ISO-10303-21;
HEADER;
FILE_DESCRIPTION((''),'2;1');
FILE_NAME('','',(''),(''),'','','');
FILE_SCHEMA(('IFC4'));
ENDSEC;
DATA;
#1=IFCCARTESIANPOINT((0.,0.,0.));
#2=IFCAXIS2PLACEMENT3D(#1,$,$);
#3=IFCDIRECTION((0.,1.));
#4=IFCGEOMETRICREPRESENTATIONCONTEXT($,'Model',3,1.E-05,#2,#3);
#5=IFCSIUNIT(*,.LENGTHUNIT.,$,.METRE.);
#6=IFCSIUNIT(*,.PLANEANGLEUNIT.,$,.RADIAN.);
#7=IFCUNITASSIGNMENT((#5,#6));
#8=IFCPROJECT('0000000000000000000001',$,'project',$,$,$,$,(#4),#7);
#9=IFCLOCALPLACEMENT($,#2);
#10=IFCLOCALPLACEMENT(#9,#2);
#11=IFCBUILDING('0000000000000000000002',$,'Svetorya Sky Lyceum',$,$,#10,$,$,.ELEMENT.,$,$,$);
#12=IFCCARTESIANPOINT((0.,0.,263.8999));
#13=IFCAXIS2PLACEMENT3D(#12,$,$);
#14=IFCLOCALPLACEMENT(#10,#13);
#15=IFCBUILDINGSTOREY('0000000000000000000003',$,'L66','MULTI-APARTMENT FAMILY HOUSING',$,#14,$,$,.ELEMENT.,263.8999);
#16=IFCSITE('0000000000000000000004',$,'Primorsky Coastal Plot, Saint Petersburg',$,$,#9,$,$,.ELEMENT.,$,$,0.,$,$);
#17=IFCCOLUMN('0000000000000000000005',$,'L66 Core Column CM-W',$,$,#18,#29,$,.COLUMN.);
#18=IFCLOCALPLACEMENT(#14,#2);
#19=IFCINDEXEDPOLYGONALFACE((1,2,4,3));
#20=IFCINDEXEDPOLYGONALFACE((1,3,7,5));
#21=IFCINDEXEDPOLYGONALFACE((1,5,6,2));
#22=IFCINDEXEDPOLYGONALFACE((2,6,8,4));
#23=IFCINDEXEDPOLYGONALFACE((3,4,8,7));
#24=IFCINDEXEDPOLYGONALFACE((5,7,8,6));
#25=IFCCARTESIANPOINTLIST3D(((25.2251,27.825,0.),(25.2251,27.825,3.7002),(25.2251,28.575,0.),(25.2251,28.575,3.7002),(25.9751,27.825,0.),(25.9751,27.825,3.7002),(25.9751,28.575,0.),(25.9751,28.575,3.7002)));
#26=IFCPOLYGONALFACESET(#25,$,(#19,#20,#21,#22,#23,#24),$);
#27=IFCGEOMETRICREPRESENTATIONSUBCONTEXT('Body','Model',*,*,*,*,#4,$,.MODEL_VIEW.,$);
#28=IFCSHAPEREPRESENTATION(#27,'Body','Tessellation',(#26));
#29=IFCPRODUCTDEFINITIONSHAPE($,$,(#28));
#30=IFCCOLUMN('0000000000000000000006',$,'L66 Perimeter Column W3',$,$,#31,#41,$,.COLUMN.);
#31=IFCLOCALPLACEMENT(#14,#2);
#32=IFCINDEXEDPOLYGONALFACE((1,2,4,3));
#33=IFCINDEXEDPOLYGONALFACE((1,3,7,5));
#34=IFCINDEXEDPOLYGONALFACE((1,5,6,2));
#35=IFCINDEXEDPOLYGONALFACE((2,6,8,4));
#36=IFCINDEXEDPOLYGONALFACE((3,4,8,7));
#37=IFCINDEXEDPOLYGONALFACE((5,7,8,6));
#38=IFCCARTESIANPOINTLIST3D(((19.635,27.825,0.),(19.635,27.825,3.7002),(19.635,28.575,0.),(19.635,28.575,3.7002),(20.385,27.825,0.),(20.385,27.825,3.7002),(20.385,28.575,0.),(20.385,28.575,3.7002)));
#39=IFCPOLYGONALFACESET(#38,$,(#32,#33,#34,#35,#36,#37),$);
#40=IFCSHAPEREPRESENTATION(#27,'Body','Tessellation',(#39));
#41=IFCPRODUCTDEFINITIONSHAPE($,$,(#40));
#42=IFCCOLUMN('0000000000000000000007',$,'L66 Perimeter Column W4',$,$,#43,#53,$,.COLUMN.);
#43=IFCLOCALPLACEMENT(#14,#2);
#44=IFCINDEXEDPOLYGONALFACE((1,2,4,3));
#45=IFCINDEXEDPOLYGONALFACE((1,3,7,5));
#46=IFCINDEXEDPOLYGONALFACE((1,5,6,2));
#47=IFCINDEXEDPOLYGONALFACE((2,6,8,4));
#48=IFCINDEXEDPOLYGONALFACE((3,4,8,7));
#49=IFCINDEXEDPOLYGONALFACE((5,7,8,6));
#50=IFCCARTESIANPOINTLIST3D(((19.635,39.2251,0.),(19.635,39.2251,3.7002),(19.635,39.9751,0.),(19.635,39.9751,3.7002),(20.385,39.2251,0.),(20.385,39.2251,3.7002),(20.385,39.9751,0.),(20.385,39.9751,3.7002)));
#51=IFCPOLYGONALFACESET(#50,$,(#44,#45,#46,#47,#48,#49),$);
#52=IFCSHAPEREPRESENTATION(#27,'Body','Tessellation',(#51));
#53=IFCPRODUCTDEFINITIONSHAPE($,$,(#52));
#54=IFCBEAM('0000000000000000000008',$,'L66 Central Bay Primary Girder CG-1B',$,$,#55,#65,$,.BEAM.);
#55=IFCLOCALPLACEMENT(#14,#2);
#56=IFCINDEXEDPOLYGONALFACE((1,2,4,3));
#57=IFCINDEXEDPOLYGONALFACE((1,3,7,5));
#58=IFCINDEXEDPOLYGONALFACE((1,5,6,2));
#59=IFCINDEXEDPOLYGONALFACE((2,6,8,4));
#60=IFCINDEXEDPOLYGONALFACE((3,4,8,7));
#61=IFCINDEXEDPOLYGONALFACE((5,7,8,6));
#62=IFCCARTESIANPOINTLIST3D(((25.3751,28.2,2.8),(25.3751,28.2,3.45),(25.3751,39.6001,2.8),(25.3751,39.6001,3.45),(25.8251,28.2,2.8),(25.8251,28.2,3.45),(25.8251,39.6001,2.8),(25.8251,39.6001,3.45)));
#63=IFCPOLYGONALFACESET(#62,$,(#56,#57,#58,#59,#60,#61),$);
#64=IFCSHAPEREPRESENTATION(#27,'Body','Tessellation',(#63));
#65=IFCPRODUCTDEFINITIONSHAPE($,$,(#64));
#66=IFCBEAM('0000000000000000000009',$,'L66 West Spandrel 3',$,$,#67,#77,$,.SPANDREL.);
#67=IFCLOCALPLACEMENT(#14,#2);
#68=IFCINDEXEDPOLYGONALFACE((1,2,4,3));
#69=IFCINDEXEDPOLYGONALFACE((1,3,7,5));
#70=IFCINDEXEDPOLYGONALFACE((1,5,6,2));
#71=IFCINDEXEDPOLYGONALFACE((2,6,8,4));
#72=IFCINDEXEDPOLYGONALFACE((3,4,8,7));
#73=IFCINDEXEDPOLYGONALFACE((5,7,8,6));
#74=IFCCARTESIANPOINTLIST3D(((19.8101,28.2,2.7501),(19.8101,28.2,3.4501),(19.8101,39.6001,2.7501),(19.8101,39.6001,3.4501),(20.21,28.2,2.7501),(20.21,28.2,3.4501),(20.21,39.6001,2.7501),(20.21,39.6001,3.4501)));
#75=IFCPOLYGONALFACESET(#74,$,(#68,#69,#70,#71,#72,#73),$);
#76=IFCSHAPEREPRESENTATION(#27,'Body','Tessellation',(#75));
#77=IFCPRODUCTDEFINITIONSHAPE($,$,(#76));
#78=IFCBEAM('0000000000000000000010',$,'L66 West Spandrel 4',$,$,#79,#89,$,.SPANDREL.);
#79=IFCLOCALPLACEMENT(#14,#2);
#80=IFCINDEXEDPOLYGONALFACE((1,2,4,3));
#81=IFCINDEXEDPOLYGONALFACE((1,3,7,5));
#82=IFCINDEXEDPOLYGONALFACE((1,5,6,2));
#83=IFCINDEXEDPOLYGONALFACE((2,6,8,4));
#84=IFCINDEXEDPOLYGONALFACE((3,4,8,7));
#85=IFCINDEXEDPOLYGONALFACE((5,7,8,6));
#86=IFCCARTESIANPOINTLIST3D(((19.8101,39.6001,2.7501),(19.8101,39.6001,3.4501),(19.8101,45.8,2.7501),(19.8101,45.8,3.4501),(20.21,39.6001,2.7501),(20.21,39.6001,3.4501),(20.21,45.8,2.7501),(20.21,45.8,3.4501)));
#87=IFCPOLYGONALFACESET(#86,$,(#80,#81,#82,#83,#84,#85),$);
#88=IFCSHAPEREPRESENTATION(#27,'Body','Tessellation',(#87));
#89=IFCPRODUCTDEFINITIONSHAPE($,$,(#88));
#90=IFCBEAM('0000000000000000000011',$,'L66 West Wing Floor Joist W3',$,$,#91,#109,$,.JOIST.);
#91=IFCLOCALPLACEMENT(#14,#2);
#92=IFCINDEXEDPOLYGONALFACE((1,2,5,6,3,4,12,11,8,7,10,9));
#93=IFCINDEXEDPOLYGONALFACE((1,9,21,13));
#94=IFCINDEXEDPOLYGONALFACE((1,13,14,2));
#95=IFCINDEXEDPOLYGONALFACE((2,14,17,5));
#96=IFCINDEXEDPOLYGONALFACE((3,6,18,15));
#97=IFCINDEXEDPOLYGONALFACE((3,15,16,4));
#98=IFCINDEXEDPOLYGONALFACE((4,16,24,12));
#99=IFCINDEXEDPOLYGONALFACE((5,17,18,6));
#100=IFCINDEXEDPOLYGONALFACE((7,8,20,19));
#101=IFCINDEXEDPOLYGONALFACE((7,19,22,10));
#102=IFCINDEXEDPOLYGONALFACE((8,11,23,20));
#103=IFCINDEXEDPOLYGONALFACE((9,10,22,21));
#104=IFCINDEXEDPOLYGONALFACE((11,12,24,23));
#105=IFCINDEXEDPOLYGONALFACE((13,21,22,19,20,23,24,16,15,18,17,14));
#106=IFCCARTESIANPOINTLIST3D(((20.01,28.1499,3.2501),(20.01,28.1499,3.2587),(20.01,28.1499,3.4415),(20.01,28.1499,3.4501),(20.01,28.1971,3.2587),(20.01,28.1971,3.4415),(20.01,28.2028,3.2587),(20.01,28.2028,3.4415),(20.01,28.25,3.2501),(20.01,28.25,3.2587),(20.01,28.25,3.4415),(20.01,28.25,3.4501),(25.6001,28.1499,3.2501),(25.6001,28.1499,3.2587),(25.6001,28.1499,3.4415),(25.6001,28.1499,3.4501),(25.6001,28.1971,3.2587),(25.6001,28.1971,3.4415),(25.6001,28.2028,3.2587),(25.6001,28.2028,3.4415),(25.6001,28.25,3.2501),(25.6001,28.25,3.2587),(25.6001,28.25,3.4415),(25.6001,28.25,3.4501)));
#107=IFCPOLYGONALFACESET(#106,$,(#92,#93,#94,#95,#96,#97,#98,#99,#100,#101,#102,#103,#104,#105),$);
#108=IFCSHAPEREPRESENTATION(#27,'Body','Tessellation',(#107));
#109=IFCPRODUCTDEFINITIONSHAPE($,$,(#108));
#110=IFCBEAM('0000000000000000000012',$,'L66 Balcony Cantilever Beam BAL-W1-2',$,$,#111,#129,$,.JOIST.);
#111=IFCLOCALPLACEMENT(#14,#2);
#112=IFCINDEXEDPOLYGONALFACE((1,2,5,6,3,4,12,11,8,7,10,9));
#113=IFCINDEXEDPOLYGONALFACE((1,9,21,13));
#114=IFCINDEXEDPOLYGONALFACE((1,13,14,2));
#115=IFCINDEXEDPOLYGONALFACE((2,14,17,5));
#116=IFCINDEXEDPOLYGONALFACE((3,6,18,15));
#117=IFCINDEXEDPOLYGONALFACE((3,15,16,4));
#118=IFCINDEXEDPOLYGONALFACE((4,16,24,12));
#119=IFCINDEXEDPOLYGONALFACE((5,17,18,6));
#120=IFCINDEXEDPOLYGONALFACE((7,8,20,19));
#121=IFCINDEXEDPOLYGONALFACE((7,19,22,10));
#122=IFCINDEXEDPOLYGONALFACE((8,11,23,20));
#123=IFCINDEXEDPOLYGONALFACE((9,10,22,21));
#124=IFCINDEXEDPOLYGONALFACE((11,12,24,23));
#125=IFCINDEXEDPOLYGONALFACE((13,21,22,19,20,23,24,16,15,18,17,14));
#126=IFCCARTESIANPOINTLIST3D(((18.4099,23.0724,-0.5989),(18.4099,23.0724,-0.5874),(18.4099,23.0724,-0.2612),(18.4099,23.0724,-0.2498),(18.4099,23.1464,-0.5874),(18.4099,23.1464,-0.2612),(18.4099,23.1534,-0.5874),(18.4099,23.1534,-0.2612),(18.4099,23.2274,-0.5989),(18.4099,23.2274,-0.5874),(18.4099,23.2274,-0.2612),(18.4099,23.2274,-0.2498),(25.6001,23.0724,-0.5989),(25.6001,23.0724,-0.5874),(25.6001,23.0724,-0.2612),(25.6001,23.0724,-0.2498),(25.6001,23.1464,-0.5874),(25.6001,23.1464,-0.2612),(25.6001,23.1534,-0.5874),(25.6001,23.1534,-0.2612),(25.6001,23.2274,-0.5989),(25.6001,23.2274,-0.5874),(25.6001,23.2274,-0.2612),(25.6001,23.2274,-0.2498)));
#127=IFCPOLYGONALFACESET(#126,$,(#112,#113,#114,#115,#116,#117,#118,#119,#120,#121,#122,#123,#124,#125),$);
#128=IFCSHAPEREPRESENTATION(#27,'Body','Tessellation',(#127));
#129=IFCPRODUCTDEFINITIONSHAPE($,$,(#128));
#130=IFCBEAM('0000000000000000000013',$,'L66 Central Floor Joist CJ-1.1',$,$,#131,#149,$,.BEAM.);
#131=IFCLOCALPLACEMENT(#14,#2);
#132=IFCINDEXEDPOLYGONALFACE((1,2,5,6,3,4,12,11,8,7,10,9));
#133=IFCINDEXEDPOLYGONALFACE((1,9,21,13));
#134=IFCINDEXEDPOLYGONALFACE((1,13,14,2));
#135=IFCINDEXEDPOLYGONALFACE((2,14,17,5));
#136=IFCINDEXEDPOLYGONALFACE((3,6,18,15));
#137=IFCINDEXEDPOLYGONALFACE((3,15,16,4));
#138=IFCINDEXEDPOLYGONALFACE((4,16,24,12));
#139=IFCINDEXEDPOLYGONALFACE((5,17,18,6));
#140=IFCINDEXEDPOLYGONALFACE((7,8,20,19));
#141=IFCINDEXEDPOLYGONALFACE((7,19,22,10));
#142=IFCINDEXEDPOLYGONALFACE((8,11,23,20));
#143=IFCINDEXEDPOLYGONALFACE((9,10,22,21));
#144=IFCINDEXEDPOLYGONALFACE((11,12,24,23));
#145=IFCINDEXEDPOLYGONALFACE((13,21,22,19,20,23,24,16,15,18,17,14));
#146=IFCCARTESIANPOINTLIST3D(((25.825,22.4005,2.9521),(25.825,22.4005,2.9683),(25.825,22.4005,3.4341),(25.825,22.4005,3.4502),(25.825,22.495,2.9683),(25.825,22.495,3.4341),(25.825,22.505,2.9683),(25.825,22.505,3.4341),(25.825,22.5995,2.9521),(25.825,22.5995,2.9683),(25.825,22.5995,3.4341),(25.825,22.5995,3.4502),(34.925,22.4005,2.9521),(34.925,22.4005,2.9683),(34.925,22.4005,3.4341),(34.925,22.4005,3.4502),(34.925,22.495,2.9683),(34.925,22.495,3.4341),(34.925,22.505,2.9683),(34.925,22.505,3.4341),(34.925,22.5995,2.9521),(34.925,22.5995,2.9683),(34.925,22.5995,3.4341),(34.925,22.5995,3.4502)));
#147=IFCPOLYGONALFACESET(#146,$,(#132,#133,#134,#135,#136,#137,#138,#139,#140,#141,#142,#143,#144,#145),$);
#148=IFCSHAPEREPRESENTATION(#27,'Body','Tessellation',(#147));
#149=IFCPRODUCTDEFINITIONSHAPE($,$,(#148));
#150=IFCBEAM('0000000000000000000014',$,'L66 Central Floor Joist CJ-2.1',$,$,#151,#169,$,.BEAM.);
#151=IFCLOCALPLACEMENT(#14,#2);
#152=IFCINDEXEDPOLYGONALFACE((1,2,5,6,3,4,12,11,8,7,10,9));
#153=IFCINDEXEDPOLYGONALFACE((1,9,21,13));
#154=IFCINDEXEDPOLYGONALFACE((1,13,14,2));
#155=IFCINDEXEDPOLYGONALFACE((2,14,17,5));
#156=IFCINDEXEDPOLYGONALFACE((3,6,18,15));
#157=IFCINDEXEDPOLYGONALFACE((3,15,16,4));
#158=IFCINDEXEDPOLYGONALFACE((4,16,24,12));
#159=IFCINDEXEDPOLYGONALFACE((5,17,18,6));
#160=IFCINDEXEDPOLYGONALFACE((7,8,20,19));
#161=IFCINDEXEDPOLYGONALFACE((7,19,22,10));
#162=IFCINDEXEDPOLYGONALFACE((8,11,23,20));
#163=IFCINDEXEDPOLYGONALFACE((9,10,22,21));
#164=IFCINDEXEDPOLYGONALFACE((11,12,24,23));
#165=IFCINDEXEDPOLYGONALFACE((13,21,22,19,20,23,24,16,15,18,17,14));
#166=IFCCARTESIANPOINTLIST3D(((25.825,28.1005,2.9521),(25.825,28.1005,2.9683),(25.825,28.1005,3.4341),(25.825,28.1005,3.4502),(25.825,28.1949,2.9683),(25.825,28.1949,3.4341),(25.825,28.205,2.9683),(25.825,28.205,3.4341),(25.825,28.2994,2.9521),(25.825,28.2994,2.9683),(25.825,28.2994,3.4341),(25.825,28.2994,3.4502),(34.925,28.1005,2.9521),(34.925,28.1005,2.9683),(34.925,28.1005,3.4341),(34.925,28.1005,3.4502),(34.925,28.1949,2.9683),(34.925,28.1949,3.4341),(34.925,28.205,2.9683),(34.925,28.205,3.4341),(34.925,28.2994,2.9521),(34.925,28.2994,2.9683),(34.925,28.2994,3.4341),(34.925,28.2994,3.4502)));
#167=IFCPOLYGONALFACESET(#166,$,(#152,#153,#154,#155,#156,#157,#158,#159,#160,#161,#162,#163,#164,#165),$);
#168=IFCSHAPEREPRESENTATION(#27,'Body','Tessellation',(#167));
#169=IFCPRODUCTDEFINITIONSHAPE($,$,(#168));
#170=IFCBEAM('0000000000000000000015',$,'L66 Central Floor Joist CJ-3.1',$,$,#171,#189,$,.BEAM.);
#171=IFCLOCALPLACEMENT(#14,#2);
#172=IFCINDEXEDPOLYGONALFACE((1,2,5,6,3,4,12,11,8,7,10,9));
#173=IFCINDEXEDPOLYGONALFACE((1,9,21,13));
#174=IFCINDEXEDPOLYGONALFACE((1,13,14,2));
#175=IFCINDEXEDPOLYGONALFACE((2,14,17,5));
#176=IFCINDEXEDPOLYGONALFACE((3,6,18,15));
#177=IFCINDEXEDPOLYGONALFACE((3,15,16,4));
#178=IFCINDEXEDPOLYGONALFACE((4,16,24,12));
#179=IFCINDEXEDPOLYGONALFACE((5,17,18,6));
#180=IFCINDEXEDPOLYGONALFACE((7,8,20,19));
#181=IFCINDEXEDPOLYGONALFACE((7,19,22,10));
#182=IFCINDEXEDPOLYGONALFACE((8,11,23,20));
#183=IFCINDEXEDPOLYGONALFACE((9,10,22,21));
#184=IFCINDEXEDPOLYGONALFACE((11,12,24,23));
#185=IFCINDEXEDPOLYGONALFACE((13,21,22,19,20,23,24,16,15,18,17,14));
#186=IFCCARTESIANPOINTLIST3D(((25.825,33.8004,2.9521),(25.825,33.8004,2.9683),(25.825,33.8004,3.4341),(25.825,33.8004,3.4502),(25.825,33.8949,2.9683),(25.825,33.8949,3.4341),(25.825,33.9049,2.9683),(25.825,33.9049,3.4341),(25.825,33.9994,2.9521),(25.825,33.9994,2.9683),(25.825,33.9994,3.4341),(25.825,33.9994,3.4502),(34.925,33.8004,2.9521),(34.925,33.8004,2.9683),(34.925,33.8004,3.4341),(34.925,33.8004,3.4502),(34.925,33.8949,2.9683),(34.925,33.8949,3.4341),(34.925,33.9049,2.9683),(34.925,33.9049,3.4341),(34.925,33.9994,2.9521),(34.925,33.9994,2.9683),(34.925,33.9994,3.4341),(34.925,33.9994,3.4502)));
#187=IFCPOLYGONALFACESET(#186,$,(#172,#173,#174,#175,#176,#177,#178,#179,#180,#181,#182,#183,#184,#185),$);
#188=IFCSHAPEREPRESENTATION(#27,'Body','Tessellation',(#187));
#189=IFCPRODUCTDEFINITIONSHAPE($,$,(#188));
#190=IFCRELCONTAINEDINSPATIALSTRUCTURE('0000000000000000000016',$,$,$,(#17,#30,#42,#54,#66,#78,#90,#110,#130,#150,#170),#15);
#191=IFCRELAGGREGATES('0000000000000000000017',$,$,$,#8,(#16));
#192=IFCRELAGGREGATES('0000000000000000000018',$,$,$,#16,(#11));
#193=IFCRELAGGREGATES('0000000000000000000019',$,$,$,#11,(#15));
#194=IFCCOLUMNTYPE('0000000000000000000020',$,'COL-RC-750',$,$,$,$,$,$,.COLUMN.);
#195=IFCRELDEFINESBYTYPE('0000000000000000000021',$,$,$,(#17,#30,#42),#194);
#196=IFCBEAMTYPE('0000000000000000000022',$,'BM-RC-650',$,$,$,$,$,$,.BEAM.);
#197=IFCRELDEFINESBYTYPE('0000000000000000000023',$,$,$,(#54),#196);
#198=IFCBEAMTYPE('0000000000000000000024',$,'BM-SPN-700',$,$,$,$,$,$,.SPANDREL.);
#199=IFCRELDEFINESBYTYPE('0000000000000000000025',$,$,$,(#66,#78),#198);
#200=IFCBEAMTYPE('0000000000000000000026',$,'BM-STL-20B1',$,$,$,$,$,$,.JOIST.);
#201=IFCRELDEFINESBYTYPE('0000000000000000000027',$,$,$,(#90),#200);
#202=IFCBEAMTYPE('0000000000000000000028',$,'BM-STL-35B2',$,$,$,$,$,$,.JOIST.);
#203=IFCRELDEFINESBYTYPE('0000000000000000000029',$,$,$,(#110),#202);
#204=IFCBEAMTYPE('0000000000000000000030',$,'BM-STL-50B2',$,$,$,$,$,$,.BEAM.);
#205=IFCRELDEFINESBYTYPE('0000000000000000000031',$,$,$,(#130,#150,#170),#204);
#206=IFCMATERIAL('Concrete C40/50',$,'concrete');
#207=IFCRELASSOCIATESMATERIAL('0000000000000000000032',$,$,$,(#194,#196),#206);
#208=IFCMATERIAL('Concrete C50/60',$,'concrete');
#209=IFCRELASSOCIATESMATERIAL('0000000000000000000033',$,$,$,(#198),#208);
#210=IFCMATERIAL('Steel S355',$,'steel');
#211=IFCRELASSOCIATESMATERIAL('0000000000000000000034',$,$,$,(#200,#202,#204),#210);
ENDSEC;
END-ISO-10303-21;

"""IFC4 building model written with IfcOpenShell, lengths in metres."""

from ifc_helpers import new_model, si_unit, direction, frame, origin, origin_2d, place, context, subcontext, project, spatial, rectangle, i_section, extrude, material, material_profile, profile_set, type_object, element, save


model = new_model("IFC4")

# Units and contexts
model_context = context("Model", 3, precision=1e-05, world=origin(), true_north=direction((0.0, 1.0)))
body_context = subcontext(model_context, "Body", "Model", "MODEL_VIEW")
ifc_project = project(units=[si_unit("LENGTHUNIT", "METRE"), si_unit("PLANEANGLEUNIT", "RADIAN")], contexts=[model_context])

# Site, building, storey
site_placement = place(None, origin())
site = spatial("IfcSite", under=ifc_project, at=site_placement, Name="Primorsky Coastal Plot, Saint Petersburg", CompositionType="ELEMENT", RefElevation=0.0)
building_placement = place(site_placement, origin())
building = spatial("IfcBuilding", under=site, at=building_placement, Name="Svetorya Sky Lyceum", CompositionType="ELEMENT")
storey_placement = place(building_placement, frame((0.0, 0.0, 263.8999)))
storey = spatial("IfcBuildingStorey", under=building, at=storey_placement, Name="L66", Description="MULTI-APARTMENT FAMILY HOUSING", CompositionType="ELEMENT", Elevation=263.8999)

# Columns
ifc_material_1 = material(Name="Concrete C40/50", Category="concrete")
ifc_material_profile_1 = material_profile(ifc_material_1, rectangle(XDim=0.75, YDim=0.75, at=origin_2d()), Name="RC COL 750x750")
ifc_profile_set_1 = profile_set([ifc_material_profile_1], Name="Concrete C40/50")
column_type = type_object("IfcColumnType", Name="COL-RC-750", PredefinedType="COLUMN", material=ifc_profile_set_1)
for number, where, z_axis, x_axis, name in (
    (1, (25.6001, 28.2, 0.0), (0.0, 0.0, 1.0), (1.0, 0.0, 0.0), "L66 Core Column CM-W"),
    (2, (20.01, 28.2, 0.0), (0.0, 0.0, 1.0), (1.0, 0.0, 0.0), "L66 Perimeter Column W3"),
    (3, (20.01, 39.6001, 0.0), (0.0, 0.0, 1.0), (1.0, 0.0, 0.0), "L66 Perimeter Column W4"),
):
    element("IfcColumn", number, at=place(storey_placement, frame(where, z_axis=z_axis, x_axis=x_axis)), inside=storey, type_object=column_type, Name=name, PredefinedType="COLUMN", context=body_context, shape_type="SweptSolid", body=[
        extrude(rectangle(XDim=0.75, YDim=0.75, at=origin_2d()), origin(), (0.0, 0.0, 1.0), 3.7002),
    ])

# Beams
ifc_material_profile_2 = material_profile(ifc_material_1, rectangle(XDim=0.45, YDim=0.6499, at=origin_2d()), Name="RC BEAM 450x650")
ifc_profile_set_2 = profile_set([ifc_material_profile_2], Name="Concrete C40/50")
beam_type_1 = type_object("IfcBeamType", Name="BM-RC-650", PredefinedType="BEAM", material=ifc_profile_set_2)
beam_1_placement = place(storey_placement, frame((25.6001, 28.2, 3.125), z_axis=(0.0, 1.0, 0.0), x_axis=(-1.0, 0.0, 0.0)))
element("IfcBeam", 4, at=beam_1_placement, inside=storey, type_object=beam_type_1, Name="L66 Central Bay Primary Girder CG-1B", PredefinedType="BEAM", context=body_context, shape_type="SweptSolid", body=[
    extrude(rectangle(XDim=0.45, YDim=0.6499, at=origin_2d()), origin(), (0.0, 0.0, 1.0), 11.4001),
])
ifc_material_2 = material(Name="Concrete C50/60", Category="concrete")
ifc_material_profile_3 = material_profile(ifc_material_2, rectangle(XDim=0.3999, YDim=0.7, at=origin_2d()), Name="RC SPANDREL 400x700")
ifc_profile_set_3 = profile_set([ifc_material_profile_3], Name="Concrete C50/60")
beam_type_2 = type_object("IfcBeamType", Name="BM-SPN-700", PredefinedType="SPANDREL", material=ifc_profile_set_3)
beam_2_placement = place(storey_placement, frame((20.01, 28.2, 3.1001), z_axis=(0.0, 1.0, 0.0), x_axis=(-1.0, 0.0, 0.0)))
element("IfcBeam", 5, at=beam_2_placement, inside=storey, type_object=beam_type_2, Name="L66 West Spandrel 3", PredefinedType="SPANDREL", context=body_context, shape_type="SweptSolid", body=[
    extrude(rectangle(XDim=0.3999, YDim=0.7, at=origin_2d()), origin(), (0.0, 0.0, 1.0), 11.4001),
])
beam_3_placement = place(storey_placement, frame((20.01, 39.6001, 3.1001), z_axis=(0.0, 1.0, 0.0), x_axis=(-1.0, 0.0, 0.0)))
element("IfcBeam", 6, at=beam_3_placement, inside=storey, type_object=beam_type_2, Name="L66 West Spandrel 4", PredefinedType="SPANDREL", context=body_context, shape_type="SweptSolid", body=[
    extrude(rectangle(XDim=0.3999, YDim=0.7, at=origin_2d()), origin(), (0.0, 0.0, 1.0), 6.2),
])
ifc_material_3 = material(Name="Steel S355", Category="steel")
ifc_material_profile_4 = material_profile(ifc_material_3, i_section(OverallWidth=0.1001, OverallDepth=0.2, WebThickness=0.0056, FlangeThickness=0.0085, at=origin_2d()), Name="GOST 20B1")
ifc_profile_set_4 = profile_set([ifc_material_profile_4], Name="Steel S355")
beam_type_3 = type_object("IfcBeamType", Name="BM-STL-20B1", PredefinedType="JOIST", material=ifc_profile_set_4)
beam_4_placement = place(storey_placement, frame((20.01, 28.2, 3.3501), z_axis=(1.0, 0.0, 0.0), x_axis=(0.0, 1.0, 0.0)))
element("IfcBeam", 7, at=beam_4_placement, inside=storey, type_object=beam_type_3, Name="L66 West Wing Floor Joist W3", PredefinedType="JOIST", context=body_context, shape_type="SweptSolid", body=[
    extrude(i_section(OverallWidth=0.1001, OverallDepth=0.2, WebThickness=0.0056, FlangeThickness=0.0085, at=origin_2d()), origin(), (0.0, 0.0, 1.0), 5.5901),
])
ifc_material_profile_5 = material_profile(ifc_material_3, i_section(OverallWidth=0.155, OverallDepth=0.3491, WebThickness=0.0071, FlangeThickness=0.0115, at=origin_2d()), Name="GOST 35B2")
ifc_profile_set_5 = profile_set([ifc_material_profile_5], Name="Steel S355")
beam_type_4 = type_object("IfcBeamType", Name="BM-STL-35B2", PredefinedType="JOIST", material=ifc_profile_set_5)
beam_5_placement = place(storey_placement, frame((25.6001, 23.1499, -0.4243), z_axis=(-1.0, 0.0, 0.0), x_axis=(0.0, -1.0, 0.0)))
element("IfcBeam", 8, at=beam_5_placement, inside=storey, type_object=beam_type_4, Name="L66 Balcony Cantilever Beam BAL-W1-2", PredefinedType="JOIST", context=body_context, shape_type="SweptSolid", body=[
    extrude(i_section(OverallWidth=0.155, OverallDepth=0.3491, WebThickness=0.0071, FlangeThickness=0.0115, at=origin_2d()), origin(), (0.0, 0.0, 1.0), 7.1902),
])
ifc_material_profile_6 = material_profile(ifc_material_3, i_section(OverallWidth=0.199, OverallDepth=0.498, WebThickness=0.01, FlangeThickness=0.0161, at=origin_2d()), Name="GOST 50B2")
ifc_profile_set_6 = profile_set([ifc_material_profile_6], Name="Steel S355")
beam_type_5 = type_object("IfcBeamType", Name="BM-STL-50B2", PredefinedType="BEAM", material=ifc_profile_set_6)
for number, where, z_axis, x_axis, name in (
    (9, (25.825, 22.5, 3.2012), (1.0, 0.0, 0.0), (0.0, 1.0, 0.0), "L66 Central Floor Joist CJ-1.1"),
    (10, (25.825, 28.2, 3.2012), (1.0, 0.0, 0.0), (0.0, 1.0, 0.0), "L66 Central Floor Joist CJ-2.1"),
    (11, (25.825, 33.8999, 3.2012), (1.0, 0.0, 0.0), (0.0, 1.0, 0.0), "L66 Central Floor Joist CJ-3.1"),
):
    element("IfcBeam", number, at=place(storey_placement, frame(where, z_axis=z_axis, x_axis=x_axis)), inside=storey, type_object=beam_type_5, Name=name, PredefinedType="BEAM", context=body_context, shape_type="SweptSolid", body=[
        extrude(i_section(OverallWidth=0.199, OverallDepth=0.498, WebThickness=0.01, FlangeThickness=0.0161, at=origin_2d()), origin(), (0.0, 0.0, 1.0), 9.1001),
    ])

save(model, "model.ifc")
